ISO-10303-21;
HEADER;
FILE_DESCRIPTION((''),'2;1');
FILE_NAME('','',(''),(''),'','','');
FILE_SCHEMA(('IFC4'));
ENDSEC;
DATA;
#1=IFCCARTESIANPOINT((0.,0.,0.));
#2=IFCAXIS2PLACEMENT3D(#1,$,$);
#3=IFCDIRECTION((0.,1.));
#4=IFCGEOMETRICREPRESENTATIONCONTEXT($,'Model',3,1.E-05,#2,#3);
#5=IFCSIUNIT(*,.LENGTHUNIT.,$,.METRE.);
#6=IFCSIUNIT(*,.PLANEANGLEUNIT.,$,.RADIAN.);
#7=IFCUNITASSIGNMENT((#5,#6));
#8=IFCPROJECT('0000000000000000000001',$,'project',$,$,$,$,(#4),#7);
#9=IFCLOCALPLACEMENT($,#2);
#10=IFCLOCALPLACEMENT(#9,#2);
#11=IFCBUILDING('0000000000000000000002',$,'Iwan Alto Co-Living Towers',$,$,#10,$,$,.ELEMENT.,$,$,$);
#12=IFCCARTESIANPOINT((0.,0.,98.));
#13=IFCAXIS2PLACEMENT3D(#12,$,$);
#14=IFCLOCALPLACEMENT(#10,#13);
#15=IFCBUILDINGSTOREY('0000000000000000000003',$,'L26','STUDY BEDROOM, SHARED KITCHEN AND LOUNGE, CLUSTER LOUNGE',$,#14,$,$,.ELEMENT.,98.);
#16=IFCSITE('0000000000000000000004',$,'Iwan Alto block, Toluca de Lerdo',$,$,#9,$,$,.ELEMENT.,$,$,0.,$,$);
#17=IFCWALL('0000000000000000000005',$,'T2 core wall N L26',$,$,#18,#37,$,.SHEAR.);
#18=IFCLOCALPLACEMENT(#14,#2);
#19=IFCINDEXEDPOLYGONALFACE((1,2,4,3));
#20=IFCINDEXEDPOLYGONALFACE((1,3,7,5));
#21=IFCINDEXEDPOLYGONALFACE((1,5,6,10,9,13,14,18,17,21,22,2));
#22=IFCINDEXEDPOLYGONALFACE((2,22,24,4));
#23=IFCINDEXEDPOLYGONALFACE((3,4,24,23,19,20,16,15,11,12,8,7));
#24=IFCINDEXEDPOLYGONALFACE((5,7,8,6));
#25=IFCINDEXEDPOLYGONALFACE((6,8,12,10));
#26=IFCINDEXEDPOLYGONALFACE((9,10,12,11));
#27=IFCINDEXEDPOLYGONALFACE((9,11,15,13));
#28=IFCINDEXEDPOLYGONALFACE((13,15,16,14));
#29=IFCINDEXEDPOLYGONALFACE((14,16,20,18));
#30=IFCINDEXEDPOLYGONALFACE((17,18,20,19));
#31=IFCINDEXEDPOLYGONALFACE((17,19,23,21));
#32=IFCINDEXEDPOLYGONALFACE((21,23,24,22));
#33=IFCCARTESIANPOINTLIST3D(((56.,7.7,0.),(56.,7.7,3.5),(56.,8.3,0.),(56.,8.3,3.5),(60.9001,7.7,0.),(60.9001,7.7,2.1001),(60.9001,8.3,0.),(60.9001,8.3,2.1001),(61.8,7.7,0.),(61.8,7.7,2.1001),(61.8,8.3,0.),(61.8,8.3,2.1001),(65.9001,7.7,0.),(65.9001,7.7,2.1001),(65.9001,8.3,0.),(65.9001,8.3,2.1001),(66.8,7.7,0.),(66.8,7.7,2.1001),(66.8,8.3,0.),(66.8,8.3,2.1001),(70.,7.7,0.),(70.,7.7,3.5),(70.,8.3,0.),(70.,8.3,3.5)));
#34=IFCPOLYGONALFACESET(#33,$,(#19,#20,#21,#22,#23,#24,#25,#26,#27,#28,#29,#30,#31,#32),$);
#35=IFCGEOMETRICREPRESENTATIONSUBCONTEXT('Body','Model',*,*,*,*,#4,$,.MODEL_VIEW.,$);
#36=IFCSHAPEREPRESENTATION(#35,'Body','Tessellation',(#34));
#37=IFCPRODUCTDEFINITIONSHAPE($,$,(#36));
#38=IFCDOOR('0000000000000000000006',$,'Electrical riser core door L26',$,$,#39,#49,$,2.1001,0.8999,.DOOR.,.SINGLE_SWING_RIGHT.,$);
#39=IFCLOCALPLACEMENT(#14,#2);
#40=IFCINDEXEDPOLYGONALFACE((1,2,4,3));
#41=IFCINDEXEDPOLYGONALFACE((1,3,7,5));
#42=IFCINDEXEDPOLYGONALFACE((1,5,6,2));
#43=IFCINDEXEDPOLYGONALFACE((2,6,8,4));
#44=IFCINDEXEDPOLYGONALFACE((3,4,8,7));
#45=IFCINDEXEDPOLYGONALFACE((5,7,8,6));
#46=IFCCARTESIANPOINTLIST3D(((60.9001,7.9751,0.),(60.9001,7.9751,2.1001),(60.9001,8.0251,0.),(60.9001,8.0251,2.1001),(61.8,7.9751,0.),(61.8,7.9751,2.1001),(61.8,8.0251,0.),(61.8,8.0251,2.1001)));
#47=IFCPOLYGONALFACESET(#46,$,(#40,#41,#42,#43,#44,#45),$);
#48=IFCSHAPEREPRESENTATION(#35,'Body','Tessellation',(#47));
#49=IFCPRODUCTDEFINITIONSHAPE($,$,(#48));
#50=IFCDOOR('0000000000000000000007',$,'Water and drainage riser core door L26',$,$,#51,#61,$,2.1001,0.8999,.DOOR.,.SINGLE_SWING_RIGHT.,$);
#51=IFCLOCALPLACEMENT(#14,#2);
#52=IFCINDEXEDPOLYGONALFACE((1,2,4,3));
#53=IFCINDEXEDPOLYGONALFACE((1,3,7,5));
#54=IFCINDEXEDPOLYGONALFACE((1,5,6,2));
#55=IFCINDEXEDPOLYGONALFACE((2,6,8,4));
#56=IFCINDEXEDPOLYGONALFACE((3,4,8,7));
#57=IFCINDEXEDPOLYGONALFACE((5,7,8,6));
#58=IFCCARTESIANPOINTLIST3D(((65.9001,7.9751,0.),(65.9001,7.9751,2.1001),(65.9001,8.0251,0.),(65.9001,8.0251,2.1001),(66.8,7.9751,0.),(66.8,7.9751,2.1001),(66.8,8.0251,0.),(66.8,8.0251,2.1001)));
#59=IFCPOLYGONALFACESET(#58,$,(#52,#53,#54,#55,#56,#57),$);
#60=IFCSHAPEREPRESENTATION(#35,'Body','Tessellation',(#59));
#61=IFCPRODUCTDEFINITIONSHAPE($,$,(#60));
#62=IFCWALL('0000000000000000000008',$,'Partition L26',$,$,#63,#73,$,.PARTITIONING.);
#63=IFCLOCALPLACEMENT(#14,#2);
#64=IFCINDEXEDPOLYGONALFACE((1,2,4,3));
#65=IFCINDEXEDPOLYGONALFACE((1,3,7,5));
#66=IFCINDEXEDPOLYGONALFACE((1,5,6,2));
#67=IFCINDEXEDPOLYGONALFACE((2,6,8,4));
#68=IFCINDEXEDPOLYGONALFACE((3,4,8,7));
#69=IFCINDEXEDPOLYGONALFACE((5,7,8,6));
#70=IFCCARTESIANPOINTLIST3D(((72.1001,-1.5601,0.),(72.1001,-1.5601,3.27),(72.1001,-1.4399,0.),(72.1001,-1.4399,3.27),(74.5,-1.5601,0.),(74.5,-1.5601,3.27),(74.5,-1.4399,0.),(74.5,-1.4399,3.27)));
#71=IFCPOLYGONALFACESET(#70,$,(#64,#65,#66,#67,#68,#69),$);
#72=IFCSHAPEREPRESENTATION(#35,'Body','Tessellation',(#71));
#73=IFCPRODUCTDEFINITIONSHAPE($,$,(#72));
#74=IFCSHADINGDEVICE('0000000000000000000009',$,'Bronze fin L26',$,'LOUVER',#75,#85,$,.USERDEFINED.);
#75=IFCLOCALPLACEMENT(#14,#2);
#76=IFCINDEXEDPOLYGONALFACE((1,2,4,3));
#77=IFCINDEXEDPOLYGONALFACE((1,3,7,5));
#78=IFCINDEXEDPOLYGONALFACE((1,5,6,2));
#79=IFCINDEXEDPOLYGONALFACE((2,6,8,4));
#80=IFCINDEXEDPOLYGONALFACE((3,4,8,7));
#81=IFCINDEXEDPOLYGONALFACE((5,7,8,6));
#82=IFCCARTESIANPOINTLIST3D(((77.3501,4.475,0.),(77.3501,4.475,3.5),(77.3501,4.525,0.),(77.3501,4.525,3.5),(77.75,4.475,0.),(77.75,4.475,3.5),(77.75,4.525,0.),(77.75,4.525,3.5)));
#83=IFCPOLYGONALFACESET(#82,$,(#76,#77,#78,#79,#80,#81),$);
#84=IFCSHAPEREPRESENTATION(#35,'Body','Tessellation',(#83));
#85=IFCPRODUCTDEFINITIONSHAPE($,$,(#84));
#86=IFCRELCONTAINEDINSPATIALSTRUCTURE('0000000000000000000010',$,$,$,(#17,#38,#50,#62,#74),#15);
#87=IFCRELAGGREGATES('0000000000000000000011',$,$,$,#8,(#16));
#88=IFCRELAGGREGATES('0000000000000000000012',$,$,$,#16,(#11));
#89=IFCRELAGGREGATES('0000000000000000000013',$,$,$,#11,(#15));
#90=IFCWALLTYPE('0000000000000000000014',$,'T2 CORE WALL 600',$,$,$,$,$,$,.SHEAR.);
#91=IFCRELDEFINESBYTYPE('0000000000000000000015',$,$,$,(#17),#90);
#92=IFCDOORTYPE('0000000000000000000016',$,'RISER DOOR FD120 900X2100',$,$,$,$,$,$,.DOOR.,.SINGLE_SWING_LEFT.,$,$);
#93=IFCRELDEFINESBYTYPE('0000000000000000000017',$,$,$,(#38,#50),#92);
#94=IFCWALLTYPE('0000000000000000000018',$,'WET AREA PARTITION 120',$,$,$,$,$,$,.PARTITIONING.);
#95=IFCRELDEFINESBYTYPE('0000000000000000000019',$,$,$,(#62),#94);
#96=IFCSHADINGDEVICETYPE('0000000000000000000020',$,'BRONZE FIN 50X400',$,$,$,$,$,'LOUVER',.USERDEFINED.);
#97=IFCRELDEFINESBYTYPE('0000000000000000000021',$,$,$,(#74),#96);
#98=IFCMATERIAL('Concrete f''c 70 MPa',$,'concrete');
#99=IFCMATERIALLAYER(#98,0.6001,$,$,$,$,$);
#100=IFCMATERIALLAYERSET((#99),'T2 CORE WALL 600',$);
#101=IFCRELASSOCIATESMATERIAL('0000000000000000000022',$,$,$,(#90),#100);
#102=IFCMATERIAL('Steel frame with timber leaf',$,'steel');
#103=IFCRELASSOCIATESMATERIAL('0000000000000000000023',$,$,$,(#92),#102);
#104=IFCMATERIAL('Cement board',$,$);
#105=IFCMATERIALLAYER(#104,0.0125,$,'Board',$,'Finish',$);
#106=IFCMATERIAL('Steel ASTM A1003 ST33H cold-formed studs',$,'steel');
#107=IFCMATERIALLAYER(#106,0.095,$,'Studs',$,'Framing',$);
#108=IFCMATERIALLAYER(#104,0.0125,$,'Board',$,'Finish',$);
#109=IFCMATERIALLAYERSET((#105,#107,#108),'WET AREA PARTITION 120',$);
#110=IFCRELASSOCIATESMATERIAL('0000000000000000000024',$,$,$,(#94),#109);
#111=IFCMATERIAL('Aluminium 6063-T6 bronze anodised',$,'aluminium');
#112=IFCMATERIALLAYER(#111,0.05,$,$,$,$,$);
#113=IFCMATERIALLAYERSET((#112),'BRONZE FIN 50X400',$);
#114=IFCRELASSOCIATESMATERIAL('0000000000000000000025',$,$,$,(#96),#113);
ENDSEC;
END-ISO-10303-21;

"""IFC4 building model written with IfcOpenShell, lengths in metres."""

from ifc_helpers import new_model, si_unit, direction, frame, frame_2d, origin, origin_2d, place, context, subcontext, project, spatial, rectangle, extrude, material, layer, layer_set, type_object, element, fill, save


model = new_model("IFC4")

# Units and contexts
model_context = context("Model", 3, precision=1e-05, world=origin(), true_north=direction((0.0, 1.0)))
body_context = subcontext(model_context, "Body", "Model", "MODEL_VIEW")
ifc_project = project(units=[si_unit("LENGTHUNIT", "METRE"), si_unit("PLANEANGLEUNIT", "RADIAN")], contexts=[model_context])

# Site, building, storey
site_placement = place(None, origin())
site = spatial("IfcSite", under=ifc_project, at=site_placement, Name="Iwan Alto block, Toluca de Lerdo", CompositionType="ELEMENT", RefElevation=0.0)
building_placement = place(site_placement, origin())
building = spatial("IfcBuilding", under=site, at=building_placement, Name="Iwan Alto Co-Living Towers", CompositionType="ELEMENT")
storey_placement = place(building_placement, frame((0.0, 0.0, 98.0)))
storey = spatial("IfcBuildingStorey", under=building, at=storey_placement, Name="L26", Description="STUDY BEDROOM, SHARED KITCHEN AND LOUNGE, CLUSTER LOUNGE", CompositionType="ELEMENT", Elevation=98.0)

# Wall, openings, doors
ifc_material_1 = material(Name="Concrete f'c 70 MPa", Category="concrete")
ifc_layer_1 = layer(ifc_material_1, 0.6001)
ifc_layer_set_1 = layer_set([ifc_layer_1], Name="T2 CORE WALL 600")
wall_type_1 = type_object("IfcWallType", Name="T2 CORE WALL 600", PredefinedType="SHEAR", material=ifc_layer_set_1)
wall_1_placement = place(storey_placement, frame((70.0, 8.0, 0.0), z_axis=(0.0, 0.0, 1.0), x_axis=(-1.0, 0.0, 0.0)))
wall_1 = element("IfcWall", 1, at=wall_1_placement, inside=storey, type_object=wall_type_1, Name="T2 core wall N L26", PredefinedType="SHEAR", context=body_context, shape_type="SweptSolid", body=[
    extrude(rectangle(XDim=14.0, YDim=0.6001, at=frame_2d((7.0, 0.0))), origin(), (0.0, 0.0, 1.0), 3.5),
])
opening_1_placement = place(wall_1_placement, frame((8.2, 0.0, 0.0)))
opening_1 = element("IfcOpeningElement", 2, at=opening_1_placement, cuts=wall_1, PredefinedType="OPENING", context=body_context, shape_type="SweptSolid", body=[
    extrude(rectangle(XDim=0.8999, YDim=2.1001, at=frame_2d((0.45, 1.05))), frame((0.0, 0.3101, 0.0), z_axis=(0.0, -1.0, 0.0), x_axis=(1.0, 0.0, 0.0)), (0.0, 0.0, 1.0), 0.6201),
])
opening_2_placement = place(wall_1_placement, frame((3.2, 0.0, 0.0)))
opening_2 = element("IfcOpeningElement", 3, at=opening_2_placement, cuts=wall_1, PredefinedType="OPENING", context=body_context, shape_type="SweptSolid", body=[
    extrude(rectangle(XDim=0.8999, YDim=2.1001, at=frame_2d((0.45, 1.05))), frame((0.0, 0.3101, 0.0), z_axis=(0.0, -1.0, 0.0), x_axis=(1.0, 0.0, 0.0)), (0.0, 0.0, 1.0), 0.6201),
])
ifc_material_2 = material(Name="Steel frame with timber leaf", Category="steel")
door_type = type_object("IfcDoorType", Name="RISER DOOR FD120 900X2100", OperationType="SINGLE_SWING_LEFT", PredefinedType="DOOR", material=ifc_material_2)
door_1_placement = place(opening_1_placement, origin())
door_1 = element("IfcDoor", 4, at=door_1_placement, inside=storey, type_object=door_type, Name="Electrical riser core door L26", OperationType="SINGLE_SWING_RIGHT", OverallHeight=2.1001, OverallWidth=0.8999, PredefinedType="DOOR", context=body_context, shape_type="SweptSolid", body=[
    extrude(rectangle(XDim=0.8999, YDim=2.1001, at=frame_2d((0.45, 1.05))), frame((0.0, 0.0249, 0.0), z_axis=(0.0, -1.0, 0.0), x_axis=(1.0, 0.0, 0.0)), (0.0, 0.0, 1.0), 0.05),
])
fill(opening_1, door_1)
door_2_placement = place(opening_2_placement, origin())
door_2 = element("IfcDoor", 5, at=door_2_placement, inside=storey, type_object=door_type, Name="Water and drainage riser core door L26", OperationType="SINGLE_SWING_RIGHT", OverallHeight=2.1001, OverallWidth=0.8999, PredefinedType="DOOR", context=body_context, shape_type="SweptSolid", body=[
    extrude(rectangle(XDim=0.8999, YDim=2.1001, at=frame_2d((0.45, 1.05))), frame((0.0, 0.0249, 0.0), z_axis=(0.0, -1.0, 0.0), x_axis=(1.0, 0.0, 0.0)), (0.0, 0.0, 1.0), 0.05),
])
fill(opening_2, door_2)

# Wall
ifc_material_3 = material(Name="Cement board")
ifc_layer_2 = layer(ifc_material_3, 0.0125, Name="Board", Category="Finish")
ifc_material_4 = material(Name="Steel ASTM A1003 ST33H cold-formed studs", Category="steel")
ifc_layer_3 = layer(ifc_material_4, 0.095, Name="Studs", Category="Framing")
ifc_layer_4 = layer(ifc_material_3, 0.0125, Name="Board", Category="Finish")
ifc_layer_set_2 = layer_set([ifc_layer_2, ifc_layer_3, ifc_layer_4], Name="WET AREA PARTITION 120")
wall_type_2 = type_object("IfcWallType", Name="WET AREA PARTITION 120", PredefinedType="PARTITIONING", material=ifc_layer_set_2)
wall_2_placement = place(storey_placement, frame((72.1001, -1.5, 0.0), z_axis=(0.0, 0.0, 1.0), x_axis=(1.0, 0.0, 0.0)))
element("IfcWall", 6, at=wall_2_placement, inside=storey, type_object=wall_type_2, Name="Partition L26", PredefinedType="PARTITIONING", context=body_context, shape_type="SweptSolid", body=[
    extrude(rectangle(XDim=2.3999, YDim=0.1201, at=frame_2d((1.2, 0.0))), origin(), (0.0, 0.0, 1.0), 3.27),
])

# Shading device
ifc_material_5 = material(Name="Aluminium 6063-T6 bronze anodised", Category="aluminium")
ifc_layer_5 = layer(ifc_material_5, 0.05)
ifc_layer_set_3 = layer_set([ifc_layer_5], Name="BRONZE FIN 50X400")
shading_device_type = type_object("IfcShadingDeviceType", Name="BRONZE FIN 50X400", ElementType="LOUVER", PredefinedType="USERDEFINED", material=ifc_layer_set_3)
shading_device_placement = place(storey_placement, frame((77.55, 4.5, 0.0), z_axis=(0.0, 0.0, 1.0), x_axis=(0.0, 1.0, 0.0)))
element("IfcShadingDevice", 7, at=shading_device_placement, inside=storey, type_object=shading_device_type, Name="Bronze fin L26", ObjectType="LOUVER", PredefinedType="USERDEFINED", context=body_context, shape_type="SweptSolid", body=[
    extrude(rectangle(XDim=0.05, YDim=0.3999, at=origin_2d()), origin(), (0.0, 0.0, 1.0), 3.5),
])

save(model, "model.ifc")
